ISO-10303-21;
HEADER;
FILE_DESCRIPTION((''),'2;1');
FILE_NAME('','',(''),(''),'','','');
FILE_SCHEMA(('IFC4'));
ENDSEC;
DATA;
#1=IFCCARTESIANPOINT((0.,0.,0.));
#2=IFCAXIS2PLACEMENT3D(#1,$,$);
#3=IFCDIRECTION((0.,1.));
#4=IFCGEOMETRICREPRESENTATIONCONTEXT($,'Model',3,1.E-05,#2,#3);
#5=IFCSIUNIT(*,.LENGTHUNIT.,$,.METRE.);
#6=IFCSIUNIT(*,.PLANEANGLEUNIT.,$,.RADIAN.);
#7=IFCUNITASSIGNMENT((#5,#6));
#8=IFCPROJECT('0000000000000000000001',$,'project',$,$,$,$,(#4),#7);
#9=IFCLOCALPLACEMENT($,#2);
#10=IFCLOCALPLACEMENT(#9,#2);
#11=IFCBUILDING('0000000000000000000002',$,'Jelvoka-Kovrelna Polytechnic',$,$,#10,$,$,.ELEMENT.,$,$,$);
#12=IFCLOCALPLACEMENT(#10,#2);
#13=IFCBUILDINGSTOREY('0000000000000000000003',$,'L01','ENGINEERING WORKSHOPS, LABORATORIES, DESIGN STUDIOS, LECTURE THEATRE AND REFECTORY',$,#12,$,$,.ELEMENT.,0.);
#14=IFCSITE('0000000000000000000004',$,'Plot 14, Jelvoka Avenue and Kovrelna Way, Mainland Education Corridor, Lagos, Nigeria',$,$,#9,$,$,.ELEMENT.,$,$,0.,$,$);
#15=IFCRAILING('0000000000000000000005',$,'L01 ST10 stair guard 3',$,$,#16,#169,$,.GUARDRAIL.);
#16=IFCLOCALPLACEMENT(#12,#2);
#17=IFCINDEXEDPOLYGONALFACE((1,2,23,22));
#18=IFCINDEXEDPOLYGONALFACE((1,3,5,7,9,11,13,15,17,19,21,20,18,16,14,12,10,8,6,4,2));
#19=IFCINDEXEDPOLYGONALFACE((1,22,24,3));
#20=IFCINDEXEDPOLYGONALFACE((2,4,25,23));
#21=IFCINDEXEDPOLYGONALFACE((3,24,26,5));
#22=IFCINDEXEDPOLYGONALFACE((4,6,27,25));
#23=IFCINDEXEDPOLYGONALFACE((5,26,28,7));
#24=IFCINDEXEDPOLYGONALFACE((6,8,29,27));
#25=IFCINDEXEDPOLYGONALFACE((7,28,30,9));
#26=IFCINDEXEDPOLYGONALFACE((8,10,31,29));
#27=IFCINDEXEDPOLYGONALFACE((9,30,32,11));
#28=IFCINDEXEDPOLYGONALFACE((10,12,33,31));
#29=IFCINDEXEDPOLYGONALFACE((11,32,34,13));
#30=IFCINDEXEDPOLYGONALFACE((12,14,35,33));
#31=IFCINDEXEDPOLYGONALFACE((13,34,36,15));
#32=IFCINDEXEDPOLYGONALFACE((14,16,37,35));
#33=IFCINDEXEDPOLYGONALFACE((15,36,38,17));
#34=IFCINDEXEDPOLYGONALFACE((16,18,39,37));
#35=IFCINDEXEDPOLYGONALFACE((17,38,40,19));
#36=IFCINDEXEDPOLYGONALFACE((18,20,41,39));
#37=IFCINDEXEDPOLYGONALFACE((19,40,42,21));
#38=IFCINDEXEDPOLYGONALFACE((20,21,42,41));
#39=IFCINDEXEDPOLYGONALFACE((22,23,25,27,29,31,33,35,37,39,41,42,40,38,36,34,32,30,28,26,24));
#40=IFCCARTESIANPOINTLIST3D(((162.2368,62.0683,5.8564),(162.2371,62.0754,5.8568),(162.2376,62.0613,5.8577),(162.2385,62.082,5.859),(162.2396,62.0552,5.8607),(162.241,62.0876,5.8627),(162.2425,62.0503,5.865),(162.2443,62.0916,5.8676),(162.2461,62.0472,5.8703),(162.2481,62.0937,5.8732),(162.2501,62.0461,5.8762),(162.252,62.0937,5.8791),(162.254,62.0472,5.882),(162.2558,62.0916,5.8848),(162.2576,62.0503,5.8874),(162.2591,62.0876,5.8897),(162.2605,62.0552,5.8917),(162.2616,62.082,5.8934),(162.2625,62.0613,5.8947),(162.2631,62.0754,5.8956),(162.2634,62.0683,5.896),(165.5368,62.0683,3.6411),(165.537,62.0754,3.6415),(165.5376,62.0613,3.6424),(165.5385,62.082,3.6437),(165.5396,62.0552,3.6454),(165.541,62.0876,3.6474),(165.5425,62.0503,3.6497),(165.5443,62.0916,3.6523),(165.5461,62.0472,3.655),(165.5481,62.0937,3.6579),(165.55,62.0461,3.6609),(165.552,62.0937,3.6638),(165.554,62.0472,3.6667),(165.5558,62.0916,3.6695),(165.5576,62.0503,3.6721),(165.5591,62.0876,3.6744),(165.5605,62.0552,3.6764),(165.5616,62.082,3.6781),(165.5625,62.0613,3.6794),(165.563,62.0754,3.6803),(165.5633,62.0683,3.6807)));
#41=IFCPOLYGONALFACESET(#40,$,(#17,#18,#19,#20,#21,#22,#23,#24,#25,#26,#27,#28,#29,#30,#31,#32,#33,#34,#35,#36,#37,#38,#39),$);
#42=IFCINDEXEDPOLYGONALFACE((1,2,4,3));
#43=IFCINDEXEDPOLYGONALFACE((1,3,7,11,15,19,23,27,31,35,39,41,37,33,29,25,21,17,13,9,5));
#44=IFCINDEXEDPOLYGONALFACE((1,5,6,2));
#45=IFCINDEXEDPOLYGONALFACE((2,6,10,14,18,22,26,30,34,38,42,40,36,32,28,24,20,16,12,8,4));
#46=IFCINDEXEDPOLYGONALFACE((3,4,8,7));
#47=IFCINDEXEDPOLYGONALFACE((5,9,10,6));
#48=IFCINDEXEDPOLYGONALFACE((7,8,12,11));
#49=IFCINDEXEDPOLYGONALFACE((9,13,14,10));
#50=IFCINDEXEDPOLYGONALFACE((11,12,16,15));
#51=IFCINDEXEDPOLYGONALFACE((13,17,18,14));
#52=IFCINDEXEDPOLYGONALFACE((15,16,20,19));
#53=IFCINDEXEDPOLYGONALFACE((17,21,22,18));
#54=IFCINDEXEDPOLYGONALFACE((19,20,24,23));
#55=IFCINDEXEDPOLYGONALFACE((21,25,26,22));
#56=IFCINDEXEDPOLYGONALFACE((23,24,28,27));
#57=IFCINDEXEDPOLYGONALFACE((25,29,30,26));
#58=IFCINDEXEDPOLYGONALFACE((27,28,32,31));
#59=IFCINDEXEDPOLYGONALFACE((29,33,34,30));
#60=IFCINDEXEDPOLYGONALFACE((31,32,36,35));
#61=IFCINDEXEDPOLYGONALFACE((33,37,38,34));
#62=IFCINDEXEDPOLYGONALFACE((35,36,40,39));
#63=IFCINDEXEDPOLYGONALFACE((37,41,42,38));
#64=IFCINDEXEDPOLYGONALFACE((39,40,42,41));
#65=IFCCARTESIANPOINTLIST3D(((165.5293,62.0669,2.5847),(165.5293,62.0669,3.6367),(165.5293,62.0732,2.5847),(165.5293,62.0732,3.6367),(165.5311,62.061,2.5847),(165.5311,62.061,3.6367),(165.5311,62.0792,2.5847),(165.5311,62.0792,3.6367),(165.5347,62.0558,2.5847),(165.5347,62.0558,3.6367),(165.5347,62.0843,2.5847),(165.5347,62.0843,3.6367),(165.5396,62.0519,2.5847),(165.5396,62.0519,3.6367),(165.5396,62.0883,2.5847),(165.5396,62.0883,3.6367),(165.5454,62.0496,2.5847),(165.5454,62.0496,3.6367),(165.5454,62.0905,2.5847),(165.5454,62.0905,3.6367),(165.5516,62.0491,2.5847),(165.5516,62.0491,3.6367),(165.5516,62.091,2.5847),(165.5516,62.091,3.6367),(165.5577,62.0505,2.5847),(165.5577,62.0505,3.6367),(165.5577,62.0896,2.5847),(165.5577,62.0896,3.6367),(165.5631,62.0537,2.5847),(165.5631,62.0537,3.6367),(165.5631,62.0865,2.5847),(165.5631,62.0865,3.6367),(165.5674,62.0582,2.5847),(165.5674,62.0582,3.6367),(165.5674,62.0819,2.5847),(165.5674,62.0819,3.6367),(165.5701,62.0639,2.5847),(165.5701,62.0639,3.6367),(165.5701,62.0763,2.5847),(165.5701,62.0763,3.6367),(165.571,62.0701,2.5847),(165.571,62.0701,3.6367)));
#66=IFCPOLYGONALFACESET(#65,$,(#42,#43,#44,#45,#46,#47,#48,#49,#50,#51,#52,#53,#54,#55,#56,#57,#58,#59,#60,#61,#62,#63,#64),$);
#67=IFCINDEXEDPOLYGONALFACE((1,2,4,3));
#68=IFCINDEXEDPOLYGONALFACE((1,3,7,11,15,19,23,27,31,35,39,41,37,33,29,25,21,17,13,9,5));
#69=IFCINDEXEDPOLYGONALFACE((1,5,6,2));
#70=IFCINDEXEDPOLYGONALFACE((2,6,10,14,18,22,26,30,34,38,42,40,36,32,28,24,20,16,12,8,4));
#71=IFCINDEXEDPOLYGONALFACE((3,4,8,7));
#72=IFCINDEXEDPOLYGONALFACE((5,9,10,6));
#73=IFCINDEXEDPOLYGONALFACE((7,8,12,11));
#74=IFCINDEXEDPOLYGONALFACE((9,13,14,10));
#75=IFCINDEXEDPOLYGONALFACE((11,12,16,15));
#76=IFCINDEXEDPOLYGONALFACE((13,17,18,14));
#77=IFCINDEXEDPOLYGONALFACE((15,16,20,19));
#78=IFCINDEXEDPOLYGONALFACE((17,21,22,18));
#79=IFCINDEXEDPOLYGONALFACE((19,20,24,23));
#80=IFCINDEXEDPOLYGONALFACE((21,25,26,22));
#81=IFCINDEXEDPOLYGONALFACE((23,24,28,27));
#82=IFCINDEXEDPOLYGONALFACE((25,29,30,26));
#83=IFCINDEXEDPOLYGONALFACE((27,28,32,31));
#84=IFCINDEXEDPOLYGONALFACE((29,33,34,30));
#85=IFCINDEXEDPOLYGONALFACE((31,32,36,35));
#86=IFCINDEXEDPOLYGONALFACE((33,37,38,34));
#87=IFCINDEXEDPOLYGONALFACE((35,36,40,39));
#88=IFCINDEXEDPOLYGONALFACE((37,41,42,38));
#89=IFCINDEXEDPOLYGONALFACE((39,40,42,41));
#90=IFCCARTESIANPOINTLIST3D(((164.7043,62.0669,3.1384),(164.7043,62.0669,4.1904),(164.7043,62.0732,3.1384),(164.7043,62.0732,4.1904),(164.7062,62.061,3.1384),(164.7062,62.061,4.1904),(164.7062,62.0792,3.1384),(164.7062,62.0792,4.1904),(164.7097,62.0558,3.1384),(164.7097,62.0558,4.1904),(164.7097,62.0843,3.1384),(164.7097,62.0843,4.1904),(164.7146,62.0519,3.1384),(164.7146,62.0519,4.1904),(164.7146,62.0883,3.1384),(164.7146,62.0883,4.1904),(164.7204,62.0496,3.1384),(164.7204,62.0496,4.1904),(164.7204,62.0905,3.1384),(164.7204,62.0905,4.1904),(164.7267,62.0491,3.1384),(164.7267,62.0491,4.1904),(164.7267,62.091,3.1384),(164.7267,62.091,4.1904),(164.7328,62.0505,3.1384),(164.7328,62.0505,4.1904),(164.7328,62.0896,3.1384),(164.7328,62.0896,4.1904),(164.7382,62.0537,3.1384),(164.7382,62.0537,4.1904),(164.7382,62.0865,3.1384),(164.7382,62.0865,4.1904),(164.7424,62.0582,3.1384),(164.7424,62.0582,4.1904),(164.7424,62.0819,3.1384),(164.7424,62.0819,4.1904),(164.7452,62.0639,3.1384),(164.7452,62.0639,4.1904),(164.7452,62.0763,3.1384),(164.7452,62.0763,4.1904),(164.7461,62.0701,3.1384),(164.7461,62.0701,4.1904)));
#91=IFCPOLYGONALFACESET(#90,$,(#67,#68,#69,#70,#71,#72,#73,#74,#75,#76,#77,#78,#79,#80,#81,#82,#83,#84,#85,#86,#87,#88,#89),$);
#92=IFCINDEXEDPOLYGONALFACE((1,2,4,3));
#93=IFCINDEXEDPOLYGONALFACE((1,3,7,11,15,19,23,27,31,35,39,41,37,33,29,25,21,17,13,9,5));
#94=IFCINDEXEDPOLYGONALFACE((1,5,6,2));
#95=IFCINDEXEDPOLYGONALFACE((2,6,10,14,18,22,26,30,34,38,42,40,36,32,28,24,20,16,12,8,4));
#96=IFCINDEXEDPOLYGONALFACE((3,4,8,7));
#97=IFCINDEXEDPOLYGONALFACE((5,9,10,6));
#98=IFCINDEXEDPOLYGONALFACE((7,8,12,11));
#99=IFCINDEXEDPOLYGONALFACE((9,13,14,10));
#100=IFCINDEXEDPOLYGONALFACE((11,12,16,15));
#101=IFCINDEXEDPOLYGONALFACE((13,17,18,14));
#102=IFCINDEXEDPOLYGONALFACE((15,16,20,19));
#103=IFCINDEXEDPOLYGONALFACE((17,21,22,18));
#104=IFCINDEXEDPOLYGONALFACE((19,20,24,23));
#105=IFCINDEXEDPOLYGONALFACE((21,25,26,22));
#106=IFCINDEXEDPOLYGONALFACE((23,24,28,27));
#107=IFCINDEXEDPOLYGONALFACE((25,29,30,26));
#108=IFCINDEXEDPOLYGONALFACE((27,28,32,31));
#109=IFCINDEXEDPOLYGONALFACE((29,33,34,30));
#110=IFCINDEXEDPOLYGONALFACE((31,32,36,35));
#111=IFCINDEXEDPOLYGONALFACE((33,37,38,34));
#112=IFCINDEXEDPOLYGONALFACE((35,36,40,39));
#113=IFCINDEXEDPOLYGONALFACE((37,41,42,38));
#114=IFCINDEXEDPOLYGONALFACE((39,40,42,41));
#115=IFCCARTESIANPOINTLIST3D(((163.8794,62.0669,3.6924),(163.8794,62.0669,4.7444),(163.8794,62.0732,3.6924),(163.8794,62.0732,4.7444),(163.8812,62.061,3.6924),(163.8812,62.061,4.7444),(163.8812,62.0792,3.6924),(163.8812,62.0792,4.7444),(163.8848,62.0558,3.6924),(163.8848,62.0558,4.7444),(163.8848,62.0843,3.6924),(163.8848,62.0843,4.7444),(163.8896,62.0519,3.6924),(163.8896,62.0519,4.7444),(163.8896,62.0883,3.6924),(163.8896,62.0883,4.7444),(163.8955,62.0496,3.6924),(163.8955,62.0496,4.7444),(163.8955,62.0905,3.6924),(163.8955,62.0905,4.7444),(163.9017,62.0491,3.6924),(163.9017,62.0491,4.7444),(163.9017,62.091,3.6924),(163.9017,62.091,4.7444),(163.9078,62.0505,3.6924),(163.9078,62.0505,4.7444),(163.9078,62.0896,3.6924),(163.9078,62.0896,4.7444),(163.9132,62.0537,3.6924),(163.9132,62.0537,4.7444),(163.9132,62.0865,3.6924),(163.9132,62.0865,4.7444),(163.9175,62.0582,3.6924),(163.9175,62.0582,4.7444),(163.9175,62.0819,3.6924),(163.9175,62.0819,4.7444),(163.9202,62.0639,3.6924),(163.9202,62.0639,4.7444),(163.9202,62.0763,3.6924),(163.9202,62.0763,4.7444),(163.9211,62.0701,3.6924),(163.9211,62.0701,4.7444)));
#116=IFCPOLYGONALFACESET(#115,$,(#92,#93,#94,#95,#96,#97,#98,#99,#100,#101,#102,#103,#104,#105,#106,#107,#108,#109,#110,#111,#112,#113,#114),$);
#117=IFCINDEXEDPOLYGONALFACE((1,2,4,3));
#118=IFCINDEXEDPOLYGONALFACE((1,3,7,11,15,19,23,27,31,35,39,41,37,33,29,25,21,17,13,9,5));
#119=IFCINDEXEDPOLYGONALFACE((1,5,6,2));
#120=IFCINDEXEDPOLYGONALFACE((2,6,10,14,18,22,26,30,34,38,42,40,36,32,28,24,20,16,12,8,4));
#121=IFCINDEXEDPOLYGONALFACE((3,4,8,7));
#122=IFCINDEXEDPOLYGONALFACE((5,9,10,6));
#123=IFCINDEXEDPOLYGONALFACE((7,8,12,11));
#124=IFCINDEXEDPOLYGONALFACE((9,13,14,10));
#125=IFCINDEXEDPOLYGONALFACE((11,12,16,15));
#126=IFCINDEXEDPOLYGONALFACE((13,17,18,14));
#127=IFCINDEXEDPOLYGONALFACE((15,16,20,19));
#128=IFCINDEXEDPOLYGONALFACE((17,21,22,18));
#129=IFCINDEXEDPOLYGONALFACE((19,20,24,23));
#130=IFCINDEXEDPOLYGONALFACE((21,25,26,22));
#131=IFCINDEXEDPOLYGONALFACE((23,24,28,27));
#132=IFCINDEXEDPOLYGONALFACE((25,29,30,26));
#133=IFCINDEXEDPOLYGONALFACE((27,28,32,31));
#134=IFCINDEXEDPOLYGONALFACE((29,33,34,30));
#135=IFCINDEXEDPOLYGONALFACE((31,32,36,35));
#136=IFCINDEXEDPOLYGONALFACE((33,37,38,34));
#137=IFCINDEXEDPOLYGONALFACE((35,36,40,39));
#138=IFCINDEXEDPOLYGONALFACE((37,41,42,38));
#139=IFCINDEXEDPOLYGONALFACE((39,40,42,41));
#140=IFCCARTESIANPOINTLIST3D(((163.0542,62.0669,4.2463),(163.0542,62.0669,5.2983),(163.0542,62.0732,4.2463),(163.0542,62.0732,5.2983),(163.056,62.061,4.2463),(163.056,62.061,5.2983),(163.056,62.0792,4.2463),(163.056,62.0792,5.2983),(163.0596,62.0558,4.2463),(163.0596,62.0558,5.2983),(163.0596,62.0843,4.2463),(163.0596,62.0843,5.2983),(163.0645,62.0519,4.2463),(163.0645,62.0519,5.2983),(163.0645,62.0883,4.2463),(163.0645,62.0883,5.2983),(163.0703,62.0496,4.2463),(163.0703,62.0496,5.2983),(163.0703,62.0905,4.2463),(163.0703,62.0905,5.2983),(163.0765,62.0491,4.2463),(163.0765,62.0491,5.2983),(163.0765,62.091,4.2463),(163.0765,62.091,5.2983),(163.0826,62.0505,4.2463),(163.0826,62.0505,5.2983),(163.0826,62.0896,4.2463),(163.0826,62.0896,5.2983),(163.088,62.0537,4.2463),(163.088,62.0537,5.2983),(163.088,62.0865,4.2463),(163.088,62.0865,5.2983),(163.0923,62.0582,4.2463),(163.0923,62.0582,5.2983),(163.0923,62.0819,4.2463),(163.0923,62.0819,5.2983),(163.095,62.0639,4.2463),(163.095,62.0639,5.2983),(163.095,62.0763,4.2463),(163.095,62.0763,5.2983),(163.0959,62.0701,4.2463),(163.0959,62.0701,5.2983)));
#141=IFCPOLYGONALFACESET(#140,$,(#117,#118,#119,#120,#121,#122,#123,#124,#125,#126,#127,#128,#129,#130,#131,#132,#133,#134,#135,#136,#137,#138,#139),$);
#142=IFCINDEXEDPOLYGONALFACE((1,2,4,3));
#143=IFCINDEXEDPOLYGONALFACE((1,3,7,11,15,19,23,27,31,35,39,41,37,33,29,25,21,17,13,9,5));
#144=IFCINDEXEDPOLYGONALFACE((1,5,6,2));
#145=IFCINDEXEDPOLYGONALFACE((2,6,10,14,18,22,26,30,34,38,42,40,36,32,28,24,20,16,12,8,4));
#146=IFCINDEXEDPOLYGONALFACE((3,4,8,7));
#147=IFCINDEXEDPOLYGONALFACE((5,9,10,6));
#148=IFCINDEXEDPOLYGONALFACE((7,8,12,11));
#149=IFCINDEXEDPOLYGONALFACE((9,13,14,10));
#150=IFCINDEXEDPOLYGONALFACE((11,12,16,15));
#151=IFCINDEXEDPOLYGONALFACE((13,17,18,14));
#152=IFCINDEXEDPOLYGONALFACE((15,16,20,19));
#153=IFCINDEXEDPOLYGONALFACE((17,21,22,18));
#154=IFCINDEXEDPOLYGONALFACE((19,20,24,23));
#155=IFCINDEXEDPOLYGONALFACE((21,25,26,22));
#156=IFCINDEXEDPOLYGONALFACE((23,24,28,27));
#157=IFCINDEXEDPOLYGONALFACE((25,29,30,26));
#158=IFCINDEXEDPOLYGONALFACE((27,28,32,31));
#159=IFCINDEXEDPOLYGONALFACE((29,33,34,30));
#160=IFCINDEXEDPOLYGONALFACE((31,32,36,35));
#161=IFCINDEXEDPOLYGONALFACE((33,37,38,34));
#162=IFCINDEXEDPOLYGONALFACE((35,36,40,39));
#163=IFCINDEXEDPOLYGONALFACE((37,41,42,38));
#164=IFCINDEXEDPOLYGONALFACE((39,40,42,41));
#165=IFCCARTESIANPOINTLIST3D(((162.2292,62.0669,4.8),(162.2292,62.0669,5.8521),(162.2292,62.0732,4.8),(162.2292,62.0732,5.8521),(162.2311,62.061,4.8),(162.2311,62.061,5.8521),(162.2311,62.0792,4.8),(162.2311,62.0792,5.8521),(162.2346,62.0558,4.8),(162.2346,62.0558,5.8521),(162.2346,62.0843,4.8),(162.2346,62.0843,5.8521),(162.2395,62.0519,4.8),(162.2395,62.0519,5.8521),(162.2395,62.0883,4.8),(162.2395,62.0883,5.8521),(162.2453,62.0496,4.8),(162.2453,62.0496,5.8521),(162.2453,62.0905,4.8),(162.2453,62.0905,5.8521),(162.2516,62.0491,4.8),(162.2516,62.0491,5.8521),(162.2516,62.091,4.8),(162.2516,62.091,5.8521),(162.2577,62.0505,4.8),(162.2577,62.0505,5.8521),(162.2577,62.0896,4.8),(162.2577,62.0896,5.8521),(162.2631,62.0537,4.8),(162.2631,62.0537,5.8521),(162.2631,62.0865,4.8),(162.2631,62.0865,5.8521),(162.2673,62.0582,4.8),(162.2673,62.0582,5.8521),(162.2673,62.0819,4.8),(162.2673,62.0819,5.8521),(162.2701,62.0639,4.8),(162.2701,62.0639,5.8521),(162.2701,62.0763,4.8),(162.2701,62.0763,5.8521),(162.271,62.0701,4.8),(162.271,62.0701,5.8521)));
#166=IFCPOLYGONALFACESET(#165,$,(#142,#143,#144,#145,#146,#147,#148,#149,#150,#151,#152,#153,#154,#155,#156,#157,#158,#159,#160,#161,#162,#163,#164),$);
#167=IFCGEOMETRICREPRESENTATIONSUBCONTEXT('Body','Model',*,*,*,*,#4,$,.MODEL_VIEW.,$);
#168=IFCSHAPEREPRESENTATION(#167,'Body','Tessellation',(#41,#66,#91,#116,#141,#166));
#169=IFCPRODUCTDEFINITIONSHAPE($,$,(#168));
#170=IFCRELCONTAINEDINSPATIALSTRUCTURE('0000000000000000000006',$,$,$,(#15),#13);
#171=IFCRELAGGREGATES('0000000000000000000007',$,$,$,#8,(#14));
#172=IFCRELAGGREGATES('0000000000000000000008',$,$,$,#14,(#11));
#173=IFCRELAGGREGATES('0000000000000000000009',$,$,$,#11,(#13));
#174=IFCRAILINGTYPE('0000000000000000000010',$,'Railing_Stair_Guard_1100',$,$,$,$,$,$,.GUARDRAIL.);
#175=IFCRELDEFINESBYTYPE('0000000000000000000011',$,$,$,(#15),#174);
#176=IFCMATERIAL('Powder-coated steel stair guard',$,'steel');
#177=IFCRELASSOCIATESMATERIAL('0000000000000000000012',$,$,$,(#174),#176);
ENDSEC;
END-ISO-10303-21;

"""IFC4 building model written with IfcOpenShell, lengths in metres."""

from ifc_helpers import new_model, si_unit, direction, frame, origin, origin_2d, place, context, subcontext, project, spatial, circle, extrude, material, type_object, element, save


model = new_model("IFC4")

# Units and contexts
model_context = context("Model", 3, precision=1e-05, world=origin(), true_north=direction((0.0, 1.0)))
body_context = subcontext(model_context, "Body", "Model", "MODEL_VIEW")
ifc_project = project(units=[si_unit("LENGTHUNIT", "METRE"), si_unit("PLANEANGLEUNIT", "RADIAN")], contexts=[model_context])

# Site, building, storey
site_placement = place(None, origin())
site = spatial("IfcSite", under=ifc_project, at=site_placement, Name="Plot 14, Jelvoka Avenue and Kovrelna Way, Mainland Education Corridor, Lagos, Nigeria", CompositionType="ELEMENT", RefElevation=0.0)
building_placement = place(site_placement, origin())
building = spatial("IfcBuilding", under=site, at=building_placement, Name="Jelvoka-Kovrelna Polytechnic", CompositionType="ELEMENT")
storey_placement = place(building_placement, origin())
storey = spatial("IfcBuildingStorey", under=building, at=storey_placement, Name="L01", Description="ENGINEERING WORKSHOPS, LABORATORIES, DESIGN STUDIOS, LECTURE THEATRE AND REFECTORY", CompositionType="ELEMENT", Elevation=0.0)

# Railing
ifc_material_1 = material(Name="Powder-coated steel stair guard", Category="steel")
railing_type_1 = type_object("IfcRailingType", Name="Railing_Stair_Guard_1100", PredefinedType="GUARDRAIL", material=ifc_material_1)
railing_1_placement = place(storey_placement, frame((165.55, 62.0701, 2.5847)))
element("IfcRailing", 1, at=railing_1_placement, inside=storey, type_object=railing_type_1, Name="L01 ST10 stair guard 3", PredefinedType="GUARDRAIL", context=body_context, shape_type="SweptSolid", body=[
    extrude(circle(Radius=0.0239, at=origin_2d()), frame((0.0, 0.0, 1.0762), z_axis=(-0.830269, 0.0, 0.557362), x_axis=(0.0, -1.0, 0.0)), (0.0, 0.0, 1.0), 3.9746),
    extrude(circle(Radius=0.021, at=origin_2d()), origin(), (0.0, 0.0, 1.0), 1.052),
    extrude(circle(Radius=0.021, at=origin_2d()), frame((-0.825, 0.0, 0.5537)), (0.0, 0.0, 1.0), 1.052),
    extrude(circle(Radius=0.021, at=origin_2d()), frame((-1.6499, 0.0, 1.1077)), (0.0, 0.0, 1.0), 1.052),
    extrude(circle(Radius=0.021, at=origin_2d()), frame((-2.4751, 0.0, 1.6616)), (0.0, 0.0, 1.0), 1.052),
    extrude(circle(Radius=0.021, at=origin_2d()), frame((-3.3, 0.0, 2.2153)), (0.0, 0.0, 1.0), 1.052),
])

save(model, "model.ifc")
